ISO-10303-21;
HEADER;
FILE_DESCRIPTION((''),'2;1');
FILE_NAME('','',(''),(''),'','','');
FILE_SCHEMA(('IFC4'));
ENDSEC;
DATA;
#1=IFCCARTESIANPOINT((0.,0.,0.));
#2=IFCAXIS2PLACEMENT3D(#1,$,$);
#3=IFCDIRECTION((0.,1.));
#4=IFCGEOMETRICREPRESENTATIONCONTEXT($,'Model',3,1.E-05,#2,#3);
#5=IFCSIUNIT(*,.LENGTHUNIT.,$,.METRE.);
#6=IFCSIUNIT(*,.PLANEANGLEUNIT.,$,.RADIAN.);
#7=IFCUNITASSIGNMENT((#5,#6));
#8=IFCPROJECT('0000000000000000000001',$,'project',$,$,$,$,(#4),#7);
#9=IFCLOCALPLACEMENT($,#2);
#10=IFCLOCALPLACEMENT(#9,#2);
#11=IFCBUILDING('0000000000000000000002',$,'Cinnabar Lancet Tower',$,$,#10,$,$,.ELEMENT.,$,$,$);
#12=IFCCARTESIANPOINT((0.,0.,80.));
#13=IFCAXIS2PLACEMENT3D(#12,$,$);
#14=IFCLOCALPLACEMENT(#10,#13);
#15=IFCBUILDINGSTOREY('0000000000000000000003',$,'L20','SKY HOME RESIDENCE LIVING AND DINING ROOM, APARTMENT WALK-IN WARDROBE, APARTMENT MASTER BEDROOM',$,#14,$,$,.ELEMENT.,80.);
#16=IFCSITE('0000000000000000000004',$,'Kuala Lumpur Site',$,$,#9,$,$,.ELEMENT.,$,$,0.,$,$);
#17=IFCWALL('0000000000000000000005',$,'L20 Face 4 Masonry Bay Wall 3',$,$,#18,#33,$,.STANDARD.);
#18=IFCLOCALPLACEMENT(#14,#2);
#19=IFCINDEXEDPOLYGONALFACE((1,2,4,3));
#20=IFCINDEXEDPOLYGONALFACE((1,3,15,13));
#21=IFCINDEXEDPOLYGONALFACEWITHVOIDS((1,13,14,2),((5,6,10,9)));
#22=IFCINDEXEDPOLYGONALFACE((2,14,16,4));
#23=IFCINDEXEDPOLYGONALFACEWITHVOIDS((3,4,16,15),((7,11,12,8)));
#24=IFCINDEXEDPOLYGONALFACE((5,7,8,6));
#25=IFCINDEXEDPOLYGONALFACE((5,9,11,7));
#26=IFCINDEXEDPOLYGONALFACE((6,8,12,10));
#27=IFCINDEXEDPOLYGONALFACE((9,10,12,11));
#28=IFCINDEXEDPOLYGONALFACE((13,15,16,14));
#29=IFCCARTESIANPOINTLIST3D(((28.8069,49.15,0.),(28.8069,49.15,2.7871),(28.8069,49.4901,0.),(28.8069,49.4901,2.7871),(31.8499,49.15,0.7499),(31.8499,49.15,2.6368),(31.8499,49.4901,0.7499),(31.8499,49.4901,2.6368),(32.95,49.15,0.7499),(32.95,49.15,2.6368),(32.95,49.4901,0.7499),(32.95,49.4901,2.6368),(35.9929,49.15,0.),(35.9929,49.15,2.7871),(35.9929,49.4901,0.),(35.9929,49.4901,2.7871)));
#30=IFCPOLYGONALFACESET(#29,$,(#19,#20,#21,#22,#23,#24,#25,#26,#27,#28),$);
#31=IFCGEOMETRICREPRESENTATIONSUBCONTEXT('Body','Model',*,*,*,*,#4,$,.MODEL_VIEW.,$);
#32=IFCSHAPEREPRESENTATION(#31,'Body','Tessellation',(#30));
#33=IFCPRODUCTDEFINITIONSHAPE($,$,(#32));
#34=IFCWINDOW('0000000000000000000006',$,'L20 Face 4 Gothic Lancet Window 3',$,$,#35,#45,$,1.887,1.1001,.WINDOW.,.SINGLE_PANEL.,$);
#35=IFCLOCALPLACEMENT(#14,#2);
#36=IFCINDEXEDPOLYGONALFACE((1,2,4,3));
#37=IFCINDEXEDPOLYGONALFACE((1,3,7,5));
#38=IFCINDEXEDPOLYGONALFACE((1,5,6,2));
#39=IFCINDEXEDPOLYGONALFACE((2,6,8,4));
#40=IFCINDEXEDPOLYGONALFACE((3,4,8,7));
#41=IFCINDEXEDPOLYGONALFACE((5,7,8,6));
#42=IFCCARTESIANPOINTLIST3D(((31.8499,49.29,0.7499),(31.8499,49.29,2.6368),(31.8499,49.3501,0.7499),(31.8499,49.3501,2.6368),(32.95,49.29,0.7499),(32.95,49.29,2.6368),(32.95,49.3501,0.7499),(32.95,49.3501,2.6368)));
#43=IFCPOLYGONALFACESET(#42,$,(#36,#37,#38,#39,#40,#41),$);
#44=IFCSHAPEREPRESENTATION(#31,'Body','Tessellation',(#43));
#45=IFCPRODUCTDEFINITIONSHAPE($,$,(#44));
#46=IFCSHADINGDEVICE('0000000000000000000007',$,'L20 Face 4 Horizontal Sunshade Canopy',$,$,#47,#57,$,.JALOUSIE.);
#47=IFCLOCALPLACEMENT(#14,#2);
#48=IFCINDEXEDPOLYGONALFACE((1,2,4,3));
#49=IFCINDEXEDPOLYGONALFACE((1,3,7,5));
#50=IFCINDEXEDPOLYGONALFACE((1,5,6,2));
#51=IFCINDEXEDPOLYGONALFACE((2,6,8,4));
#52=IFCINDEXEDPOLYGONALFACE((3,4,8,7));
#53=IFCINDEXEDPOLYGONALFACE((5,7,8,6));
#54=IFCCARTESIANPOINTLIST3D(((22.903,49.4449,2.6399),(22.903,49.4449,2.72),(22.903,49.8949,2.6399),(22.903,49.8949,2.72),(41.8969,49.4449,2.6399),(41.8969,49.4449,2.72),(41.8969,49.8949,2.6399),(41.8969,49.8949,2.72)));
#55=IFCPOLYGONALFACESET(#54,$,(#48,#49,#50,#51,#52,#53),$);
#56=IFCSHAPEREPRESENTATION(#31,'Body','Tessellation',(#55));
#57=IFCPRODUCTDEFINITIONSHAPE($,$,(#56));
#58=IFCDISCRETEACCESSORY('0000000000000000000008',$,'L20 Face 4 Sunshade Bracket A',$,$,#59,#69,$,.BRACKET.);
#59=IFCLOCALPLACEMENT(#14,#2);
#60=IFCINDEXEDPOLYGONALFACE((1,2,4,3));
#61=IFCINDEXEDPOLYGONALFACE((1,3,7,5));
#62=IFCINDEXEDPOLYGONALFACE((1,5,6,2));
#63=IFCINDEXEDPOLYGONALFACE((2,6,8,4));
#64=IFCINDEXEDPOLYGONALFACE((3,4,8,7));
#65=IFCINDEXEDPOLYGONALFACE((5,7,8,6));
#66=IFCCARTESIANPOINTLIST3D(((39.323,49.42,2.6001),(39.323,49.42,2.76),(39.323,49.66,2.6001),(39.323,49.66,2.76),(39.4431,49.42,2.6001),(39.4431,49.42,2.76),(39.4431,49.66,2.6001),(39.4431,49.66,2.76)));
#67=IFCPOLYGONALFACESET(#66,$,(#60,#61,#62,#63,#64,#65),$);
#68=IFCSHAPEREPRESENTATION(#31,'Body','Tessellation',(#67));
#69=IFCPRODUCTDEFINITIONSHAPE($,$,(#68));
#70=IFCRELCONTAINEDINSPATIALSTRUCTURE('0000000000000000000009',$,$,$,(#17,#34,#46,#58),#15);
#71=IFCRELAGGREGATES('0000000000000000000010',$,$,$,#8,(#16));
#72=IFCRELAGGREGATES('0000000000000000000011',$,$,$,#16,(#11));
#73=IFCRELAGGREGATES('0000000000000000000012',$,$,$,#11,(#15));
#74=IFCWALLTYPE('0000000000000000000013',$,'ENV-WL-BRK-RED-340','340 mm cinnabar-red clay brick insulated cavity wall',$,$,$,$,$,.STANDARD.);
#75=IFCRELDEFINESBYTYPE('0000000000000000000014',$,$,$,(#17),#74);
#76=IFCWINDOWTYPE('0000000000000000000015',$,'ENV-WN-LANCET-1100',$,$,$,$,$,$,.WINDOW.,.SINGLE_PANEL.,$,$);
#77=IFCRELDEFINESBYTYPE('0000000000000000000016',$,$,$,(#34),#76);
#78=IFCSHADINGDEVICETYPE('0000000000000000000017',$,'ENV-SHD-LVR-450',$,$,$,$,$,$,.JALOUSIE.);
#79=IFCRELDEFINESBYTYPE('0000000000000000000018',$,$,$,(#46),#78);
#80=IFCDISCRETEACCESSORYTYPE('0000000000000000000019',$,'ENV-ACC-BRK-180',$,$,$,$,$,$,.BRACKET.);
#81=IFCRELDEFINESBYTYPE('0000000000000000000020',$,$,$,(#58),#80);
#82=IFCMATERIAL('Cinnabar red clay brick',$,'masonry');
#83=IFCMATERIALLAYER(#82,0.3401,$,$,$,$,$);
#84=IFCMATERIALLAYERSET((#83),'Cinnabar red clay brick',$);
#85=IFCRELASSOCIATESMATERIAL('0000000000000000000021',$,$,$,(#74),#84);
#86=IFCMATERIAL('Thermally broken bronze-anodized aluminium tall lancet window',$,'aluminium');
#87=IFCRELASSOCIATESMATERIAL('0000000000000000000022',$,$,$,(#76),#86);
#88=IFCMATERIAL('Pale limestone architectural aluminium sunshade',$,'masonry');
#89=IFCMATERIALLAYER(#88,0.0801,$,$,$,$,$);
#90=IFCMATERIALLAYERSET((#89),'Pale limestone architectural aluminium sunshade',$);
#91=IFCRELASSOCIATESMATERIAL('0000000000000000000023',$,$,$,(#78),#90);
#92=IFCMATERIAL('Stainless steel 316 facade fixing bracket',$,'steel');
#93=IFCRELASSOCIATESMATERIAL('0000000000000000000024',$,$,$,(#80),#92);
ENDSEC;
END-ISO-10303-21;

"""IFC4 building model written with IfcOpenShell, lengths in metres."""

from ifc_helpers import new_model, si_unit, direction, frame, frame_2d, origin, origin_2d, place, context, subcontext, project, spatial, rectangle, extrude, material, layer, layer_set, type_object, element, fill, save


model = new_model("IFC4")

# Units and contexts
model_context = context("Model", 3, precision=1e-05, world=origin(), true_north=direction((0.0, 1.0)))
body_context = subcontext(model_context, "Body", "Model", "MODEL_VIEW")
ifc_project = project(units=[si_unit("LENGTHUNIT", "METRE"), si_unit("PLANEANGLEUNIT", "RADIAN")], contexts=[model_context])

# Site, building, storey
site_placement = place(None, origin())
site = spatial("IfcSite", under=ifc_project, at=site_placement, Name="Kuala Lumpur Site", CompositionType="ELEMENT", RefElevation=0.0)
building_placement = place(site_placement, origin())
building = spatial("IfcBuilding", under=site, at=building_placement, Name="Cinnabar Lancet Tower", CompositionType="ELEMENT")
storey_placement = place(building_placement, frame((0.0, 0.0, 80.0)))
storey = spatial("IfcBuildingStorey", under=building, at=storey_placement, Name="L20", Description="SKY HOME RESIDENCE LIVING AND DINING ROOM, APARTMENT WALK-IN WARDROBE, APARTMENT MASTER BEDROOM", CompositionType="ELEMENT", Elevation=80.0)

# Wall, opening, window
ifc_material_1 = material(Name="Cinnabar red clay brick", Category="masonry")
ifc_layer_1 = layer(ifc_material_1, 0.3401)
ifc_layer_set_1 = layer_set([ifc_layer_1], Name="Cinnabar red clay brick")
wall_type_1 = type_object("IfcWallType", Name="ENV-WL-BRK-RED-340", Description="340 mm cinnabar-red clay brick insulated cavity wall", PredefinedType="STANDARD", material=ifc_layer_set_1)
ifc_material_2 = material(Name="Thermally broken bronze-anodized aluminium tall lancet window", Category="aluminium")
window_type = type_object("IfcWindowType", Name="ENV-WN-LANCET-1100", PartitioningType="SINGLE_PANEL", PredefinedType="WINDOW", material=ifc_material_2)
wall_1_placement = place(storey_placement, frame((35.9929, 49.3201, 0.0), z_axis=(0.0, 0.0, 1.0), x_axis=(-1.0, 0.0, 0.0)))
wall_1 = element("IfcWall", 1, at=wall_1_placement, inside=storey, type_object=wall_type_1, Name="L20 Face 4 Masonry Bay Wall 3", PredefinedType="STANDARD", context=body_context, shape_type="SweptSolid", body=[
    extrude(rectangle(XDim=7.186, YDim=0.3401, at=frame_2d((3.593, 0.0))), origin(), (0.0, 0.0, 1.0), 2.7871),
])
opening_1_placement = place(wall_1_placement, frame((3.043, 0.0, 0.75)))
opening_1 = element("IfcOpeningElement", 2, at=opening_1_placement, cuts=wall_1, PredefinedType="OPENING", context=body_context, shape_type="SweptSolid", body=[
    extrude(rectangle(XDim=1.1001, YDim=1.887, at=frame_2d((0.55, 0.9434))), frame((0.0, 0.1799, 0.0), z_axis=(0.0, -1.0, 0.0), x_axis=(1.0, 0.0, 0.0)), (0.0, 0.0, 1.0), 0.3601),
])
window_1_placement = place(opening_1_placement, origin())
window_1 = element("IfcWindow", 3, at=window_1_placement, inside=storey, type_object=window_type, Name="L20 Face 4 Gothic Lancet Window 3", OverallHeight=1.887, OverallWidth=1.1001, PartitioningType="SINGLE_PANEL", PredefinedType="WINDOW", context=body_context, shape_type="SweptSolid", body=[
    extrude(rectangle(XDim=1.1001, YDim=1.887, at=frame_2d((0.55, 0.9434))), frame((0.0, 0.03, 0.0), z_axis=(0.0, -1.0, 0.0), x_axis=(1.0, 0.0, 0.0)), (0.0, 0.0, 1.0), 0.0601),
])
fill(opening_1, window_1)

# Shading device
ifc_material_3 = material(Name="Pale limestone architectural aluminium sunshade", Category="masonry")
ifc_layer_2 = layer(ifc_material_3, 0.0801)
ifc_layer_set_2 = layer_set([ifc_layer_2], Name="Pale limestone architectural aluminium sunshade")
shading_device_type = type_object("IfcShadingDeviceType", Name="ENV-SHD-LVR-450", PredefinedType="JALOUSIE", material=ifc_layer_set_2)
shading_device_placement = place(storey_placement, frame((32.3999, 49.6699, 2.6399), z_axis=(0.0, 0.0, 1.0), x_axis=(-1.0, 0.0, 0.0)))
element("IfcShadingDevice", 4, at=shading_device_placement, inside=storey, type_object=shading_device_type, Name="L20 Face 4 Horizontal Sunshade Canopy", PredefinedType="JALOUSIE", context=body_context, shape_type="SweptSolid", body=[
    extrude(rectangle(XDim=18.9939, YDim=0.45, at=origin_2d()), origin(), (0.0, 0.0, 1.0), 0.0801),
])

# Discrete accessory
ifc_material_4 = material(Name="Stainless steel 316 facade fixing bracket", Category="steel")
discrete_accessory_type = type_object("IfcDiscreteAccessoryType", Name="ENV-ACC-BRK-180", PredefinedType="BRACKET", material=ifc_material_4)
discrete_accessory_placement = place(storey_placement, frame((39.3831, 49.54, 2.6001), z_axis=(0.0, 0.0, 1.0), x_axis=(-1.0, 0.0, 0.0)))
element("IfcDiscreteAccessory", 5, at=discrete_accessory_placement, inside=storey, type_object=discrete_accessory_type, Name="L20 Face 4 Sunshade Bracket A", PredefinedType="BRACKET", context=body_context, shape_type="SweptSolid", body=[
    extrude(rectangle(XDim=0.1201, YDim=0.24, at=origin_2d()), origin(), (0.0, 0.0, 1.0), 0.1599),
])

save(model, "model.ifc")
